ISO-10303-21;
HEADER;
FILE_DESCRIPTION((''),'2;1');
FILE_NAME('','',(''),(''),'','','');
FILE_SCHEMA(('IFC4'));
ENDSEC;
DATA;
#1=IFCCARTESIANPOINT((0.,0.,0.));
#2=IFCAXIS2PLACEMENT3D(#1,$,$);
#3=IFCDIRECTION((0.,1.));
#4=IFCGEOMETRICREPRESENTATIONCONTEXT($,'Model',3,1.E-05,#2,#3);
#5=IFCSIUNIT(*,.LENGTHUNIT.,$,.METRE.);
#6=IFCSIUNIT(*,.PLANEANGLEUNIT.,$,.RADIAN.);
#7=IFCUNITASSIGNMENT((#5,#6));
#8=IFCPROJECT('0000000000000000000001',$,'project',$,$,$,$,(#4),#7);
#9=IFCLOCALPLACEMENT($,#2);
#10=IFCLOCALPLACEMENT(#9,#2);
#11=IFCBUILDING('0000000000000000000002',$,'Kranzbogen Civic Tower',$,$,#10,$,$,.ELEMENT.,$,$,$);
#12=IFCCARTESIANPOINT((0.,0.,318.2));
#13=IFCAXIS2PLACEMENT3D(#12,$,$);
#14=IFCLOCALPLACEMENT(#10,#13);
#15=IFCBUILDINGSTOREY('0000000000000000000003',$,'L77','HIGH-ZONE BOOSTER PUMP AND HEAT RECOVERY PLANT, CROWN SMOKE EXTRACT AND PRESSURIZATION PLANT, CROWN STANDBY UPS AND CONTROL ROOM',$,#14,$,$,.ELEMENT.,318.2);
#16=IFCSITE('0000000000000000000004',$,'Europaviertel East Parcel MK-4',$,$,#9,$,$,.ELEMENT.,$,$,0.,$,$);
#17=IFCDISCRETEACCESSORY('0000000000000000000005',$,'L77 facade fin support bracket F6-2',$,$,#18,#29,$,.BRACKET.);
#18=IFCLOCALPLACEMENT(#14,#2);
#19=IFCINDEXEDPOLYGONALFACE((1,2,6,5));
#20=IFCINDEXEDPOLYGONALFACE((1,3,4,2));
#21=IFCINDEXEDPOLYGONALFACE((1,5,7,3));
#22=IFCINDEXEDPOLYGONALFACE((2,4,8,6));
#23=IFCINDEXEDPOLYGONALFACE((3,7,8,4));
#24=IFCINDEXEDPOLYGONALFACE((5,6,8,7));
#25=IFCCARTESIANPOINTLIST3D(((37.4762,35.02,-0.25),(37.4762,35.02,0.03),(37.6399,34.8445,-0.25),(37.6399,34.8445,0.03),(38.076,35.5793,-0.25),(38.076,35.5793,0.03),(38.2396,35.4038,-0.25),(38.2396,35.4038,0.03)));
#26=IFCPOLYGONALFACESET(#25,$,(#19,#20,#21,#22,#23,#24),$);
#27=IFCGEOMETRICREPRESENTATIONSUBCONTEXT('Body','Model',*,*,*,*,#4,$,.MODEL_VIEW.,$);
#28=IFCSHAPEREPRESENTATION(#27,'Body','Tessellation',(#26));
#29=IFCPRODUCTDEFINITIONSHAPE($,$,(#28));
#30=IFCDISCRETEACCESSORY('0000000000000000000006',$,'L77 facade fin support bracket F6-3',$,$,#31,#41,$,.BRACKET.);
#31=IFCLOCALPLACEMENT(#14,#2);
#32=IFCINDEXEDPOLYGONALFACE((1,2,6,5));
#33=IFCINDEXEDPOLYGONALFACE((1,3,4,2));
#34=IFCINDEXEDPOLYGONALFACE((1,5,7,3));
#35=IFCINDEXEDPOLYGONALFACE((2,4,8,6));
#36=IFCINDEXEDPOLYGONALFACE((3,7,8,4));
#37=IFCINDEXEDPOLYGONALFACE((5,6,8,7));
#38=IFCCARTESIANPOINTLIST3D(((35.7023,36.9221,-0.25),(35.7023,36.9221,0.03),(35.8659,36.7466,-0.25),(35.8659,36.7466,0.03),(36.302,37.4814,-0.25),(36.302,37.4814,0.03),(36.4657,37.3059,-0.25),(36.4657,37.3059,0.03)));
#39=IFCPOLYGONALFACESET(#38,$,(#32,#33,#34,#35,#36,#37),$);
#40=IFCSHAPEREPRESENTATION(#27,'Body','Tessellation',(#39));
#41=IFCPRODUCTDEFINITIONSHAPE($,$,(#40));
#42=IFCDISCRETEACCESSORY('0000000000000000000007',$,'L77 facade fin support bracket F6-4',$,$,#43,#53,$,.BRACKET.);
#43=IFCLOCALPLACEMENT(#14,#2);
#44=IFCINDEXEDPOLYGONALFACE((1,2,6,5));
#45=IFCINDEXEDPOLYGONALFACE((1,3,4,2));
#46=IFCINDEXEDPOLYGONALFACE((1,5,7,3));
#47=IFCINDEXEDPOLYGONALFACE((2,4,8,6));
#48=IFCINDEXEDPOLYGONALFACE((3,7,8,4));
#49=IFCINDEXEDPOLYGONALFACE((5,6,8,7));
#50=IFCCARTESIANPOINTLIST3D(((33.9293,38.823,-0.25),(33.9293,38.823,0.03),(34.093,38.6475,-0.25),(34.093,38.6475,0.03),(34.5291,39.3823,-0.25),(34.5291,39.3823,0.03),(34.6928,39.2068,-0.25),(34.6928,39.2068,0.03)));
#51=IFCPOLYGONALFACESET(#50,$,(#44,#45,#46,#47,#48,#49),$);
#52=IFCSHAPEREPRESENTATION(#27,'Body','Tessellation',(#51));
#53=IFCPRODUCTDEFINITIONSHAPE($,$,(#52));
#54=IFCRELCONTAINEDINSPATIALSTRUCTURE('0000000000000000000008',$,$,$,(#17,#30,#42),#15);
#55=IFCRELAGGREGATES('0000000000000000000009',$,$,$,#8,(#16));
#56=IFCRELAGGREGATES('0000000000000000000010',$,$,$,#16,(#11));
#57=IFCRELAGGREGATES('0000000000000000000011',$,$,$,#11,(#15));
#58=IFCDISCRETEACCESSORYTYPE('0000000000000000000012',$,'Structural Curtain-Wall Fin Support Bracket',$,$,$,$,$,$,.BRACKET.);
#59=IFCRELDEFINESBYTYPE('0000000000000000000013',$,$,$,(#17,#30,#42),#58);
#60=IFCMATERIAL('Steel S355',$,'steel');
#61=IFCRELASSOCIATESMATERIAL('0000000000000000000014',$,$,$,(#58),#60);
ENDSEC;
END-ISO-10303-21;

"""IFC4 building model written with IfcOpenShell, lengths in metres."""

from ifc_helpers import new_model, si_unit, direction, frame, origin, origin_2d, place, context, subcontext, project, spatial, rectangle, extrude, material, type_object, element, save


model = new_model("IFC4")

# Units and contexts
model_context = context("Model", 3, precision=1e-05, world=origin(), true_north=direction((0.0, 1.0)))
body_context = subcontext(model_context, "Body", "Model", "MODEL_VIEW")
ifc_project = project(units=[si_unit("LENGTHUNIT", "METRE"), si_unit("PLANEANGLEUNIT", "RADIAN")], contexts=[model_context])

# Site, building, storey
site_placement = place(None, origin())
site = spatial("IfcSite", under=ifc_project, at=site_placement, Name="Europaviertel East Parcel MK-4", CompositionType="ELEMENT", RefElevation=0.0)
building_placement = place(site_placement, origin())
building = spatial("IfcBuilding", under=site, at=building_placement, Name="Kranzbogen Civic Tower", CompositionType="ELEMENT")
storey_placement = place(building_placement, frame((0.0, 0.0, 318.2)))
storey = spatial("IfcBuildingStorey", under=building, at=storey_placement, Name="L77", Description="HIGH-ZONE BOOSTER PUMP AND HEAT RECOVERY PLANT, CROWN SMOKE EXTRACT AND PRESSURIZATION PLANT, CROWN STANDBY UPS AND CONTROL ROOM", CompositionType="ELEMENT", Elevation=318.2)

# Shared definitions
ifc_material_1 = material(Name="Steel S355", Category="steel")

# Discrete accessories
discrete_accessory_type = type_object("IfcDiscreteAccessoryType", Name="Structural Curtain-Wall Fin Support Bracket", PredefinedType="BRACKET", material=ifc_material_1)
for number, where, z_axis, x_axis, name in (
    (1, (37.8579, 35.2119, -0.25), (0.0, 0.0, 1.0), (0.731354, 0.681998, 0.0), "L77 facade fin support bracket F6-2"),
    (2, (36.084, 37.114, -0.25), (0.0, 0.0, 1.0), (0.731354, 0.681998, 0.0), "L77 facade fin support bracket F6-3"),
    (3, (34.311, 39.0149, -0.25), (0.0, 0.0, 1.0), (0.731354, 0.681998, 0.0), "L77 facade fin support bracket F6-4"),
):
    element("IfcDiscreteAccessory", number, at=place(storey_placement, frame(where, z_axis=z_axis, x_axis=x_axis)), inside=storey, type_object=discrete_accessory_type, Name=name, PredefinedType="BRACKET", context=body_context, shape_type="SweptSolid", body=[
        extrude(rectangle(XDim=0.8201, YDim=0.24, at=origin_2d()), origin(), (0.0, 0.0, 1.0), 0.28),
    ])

save(model, "model.ifc")
